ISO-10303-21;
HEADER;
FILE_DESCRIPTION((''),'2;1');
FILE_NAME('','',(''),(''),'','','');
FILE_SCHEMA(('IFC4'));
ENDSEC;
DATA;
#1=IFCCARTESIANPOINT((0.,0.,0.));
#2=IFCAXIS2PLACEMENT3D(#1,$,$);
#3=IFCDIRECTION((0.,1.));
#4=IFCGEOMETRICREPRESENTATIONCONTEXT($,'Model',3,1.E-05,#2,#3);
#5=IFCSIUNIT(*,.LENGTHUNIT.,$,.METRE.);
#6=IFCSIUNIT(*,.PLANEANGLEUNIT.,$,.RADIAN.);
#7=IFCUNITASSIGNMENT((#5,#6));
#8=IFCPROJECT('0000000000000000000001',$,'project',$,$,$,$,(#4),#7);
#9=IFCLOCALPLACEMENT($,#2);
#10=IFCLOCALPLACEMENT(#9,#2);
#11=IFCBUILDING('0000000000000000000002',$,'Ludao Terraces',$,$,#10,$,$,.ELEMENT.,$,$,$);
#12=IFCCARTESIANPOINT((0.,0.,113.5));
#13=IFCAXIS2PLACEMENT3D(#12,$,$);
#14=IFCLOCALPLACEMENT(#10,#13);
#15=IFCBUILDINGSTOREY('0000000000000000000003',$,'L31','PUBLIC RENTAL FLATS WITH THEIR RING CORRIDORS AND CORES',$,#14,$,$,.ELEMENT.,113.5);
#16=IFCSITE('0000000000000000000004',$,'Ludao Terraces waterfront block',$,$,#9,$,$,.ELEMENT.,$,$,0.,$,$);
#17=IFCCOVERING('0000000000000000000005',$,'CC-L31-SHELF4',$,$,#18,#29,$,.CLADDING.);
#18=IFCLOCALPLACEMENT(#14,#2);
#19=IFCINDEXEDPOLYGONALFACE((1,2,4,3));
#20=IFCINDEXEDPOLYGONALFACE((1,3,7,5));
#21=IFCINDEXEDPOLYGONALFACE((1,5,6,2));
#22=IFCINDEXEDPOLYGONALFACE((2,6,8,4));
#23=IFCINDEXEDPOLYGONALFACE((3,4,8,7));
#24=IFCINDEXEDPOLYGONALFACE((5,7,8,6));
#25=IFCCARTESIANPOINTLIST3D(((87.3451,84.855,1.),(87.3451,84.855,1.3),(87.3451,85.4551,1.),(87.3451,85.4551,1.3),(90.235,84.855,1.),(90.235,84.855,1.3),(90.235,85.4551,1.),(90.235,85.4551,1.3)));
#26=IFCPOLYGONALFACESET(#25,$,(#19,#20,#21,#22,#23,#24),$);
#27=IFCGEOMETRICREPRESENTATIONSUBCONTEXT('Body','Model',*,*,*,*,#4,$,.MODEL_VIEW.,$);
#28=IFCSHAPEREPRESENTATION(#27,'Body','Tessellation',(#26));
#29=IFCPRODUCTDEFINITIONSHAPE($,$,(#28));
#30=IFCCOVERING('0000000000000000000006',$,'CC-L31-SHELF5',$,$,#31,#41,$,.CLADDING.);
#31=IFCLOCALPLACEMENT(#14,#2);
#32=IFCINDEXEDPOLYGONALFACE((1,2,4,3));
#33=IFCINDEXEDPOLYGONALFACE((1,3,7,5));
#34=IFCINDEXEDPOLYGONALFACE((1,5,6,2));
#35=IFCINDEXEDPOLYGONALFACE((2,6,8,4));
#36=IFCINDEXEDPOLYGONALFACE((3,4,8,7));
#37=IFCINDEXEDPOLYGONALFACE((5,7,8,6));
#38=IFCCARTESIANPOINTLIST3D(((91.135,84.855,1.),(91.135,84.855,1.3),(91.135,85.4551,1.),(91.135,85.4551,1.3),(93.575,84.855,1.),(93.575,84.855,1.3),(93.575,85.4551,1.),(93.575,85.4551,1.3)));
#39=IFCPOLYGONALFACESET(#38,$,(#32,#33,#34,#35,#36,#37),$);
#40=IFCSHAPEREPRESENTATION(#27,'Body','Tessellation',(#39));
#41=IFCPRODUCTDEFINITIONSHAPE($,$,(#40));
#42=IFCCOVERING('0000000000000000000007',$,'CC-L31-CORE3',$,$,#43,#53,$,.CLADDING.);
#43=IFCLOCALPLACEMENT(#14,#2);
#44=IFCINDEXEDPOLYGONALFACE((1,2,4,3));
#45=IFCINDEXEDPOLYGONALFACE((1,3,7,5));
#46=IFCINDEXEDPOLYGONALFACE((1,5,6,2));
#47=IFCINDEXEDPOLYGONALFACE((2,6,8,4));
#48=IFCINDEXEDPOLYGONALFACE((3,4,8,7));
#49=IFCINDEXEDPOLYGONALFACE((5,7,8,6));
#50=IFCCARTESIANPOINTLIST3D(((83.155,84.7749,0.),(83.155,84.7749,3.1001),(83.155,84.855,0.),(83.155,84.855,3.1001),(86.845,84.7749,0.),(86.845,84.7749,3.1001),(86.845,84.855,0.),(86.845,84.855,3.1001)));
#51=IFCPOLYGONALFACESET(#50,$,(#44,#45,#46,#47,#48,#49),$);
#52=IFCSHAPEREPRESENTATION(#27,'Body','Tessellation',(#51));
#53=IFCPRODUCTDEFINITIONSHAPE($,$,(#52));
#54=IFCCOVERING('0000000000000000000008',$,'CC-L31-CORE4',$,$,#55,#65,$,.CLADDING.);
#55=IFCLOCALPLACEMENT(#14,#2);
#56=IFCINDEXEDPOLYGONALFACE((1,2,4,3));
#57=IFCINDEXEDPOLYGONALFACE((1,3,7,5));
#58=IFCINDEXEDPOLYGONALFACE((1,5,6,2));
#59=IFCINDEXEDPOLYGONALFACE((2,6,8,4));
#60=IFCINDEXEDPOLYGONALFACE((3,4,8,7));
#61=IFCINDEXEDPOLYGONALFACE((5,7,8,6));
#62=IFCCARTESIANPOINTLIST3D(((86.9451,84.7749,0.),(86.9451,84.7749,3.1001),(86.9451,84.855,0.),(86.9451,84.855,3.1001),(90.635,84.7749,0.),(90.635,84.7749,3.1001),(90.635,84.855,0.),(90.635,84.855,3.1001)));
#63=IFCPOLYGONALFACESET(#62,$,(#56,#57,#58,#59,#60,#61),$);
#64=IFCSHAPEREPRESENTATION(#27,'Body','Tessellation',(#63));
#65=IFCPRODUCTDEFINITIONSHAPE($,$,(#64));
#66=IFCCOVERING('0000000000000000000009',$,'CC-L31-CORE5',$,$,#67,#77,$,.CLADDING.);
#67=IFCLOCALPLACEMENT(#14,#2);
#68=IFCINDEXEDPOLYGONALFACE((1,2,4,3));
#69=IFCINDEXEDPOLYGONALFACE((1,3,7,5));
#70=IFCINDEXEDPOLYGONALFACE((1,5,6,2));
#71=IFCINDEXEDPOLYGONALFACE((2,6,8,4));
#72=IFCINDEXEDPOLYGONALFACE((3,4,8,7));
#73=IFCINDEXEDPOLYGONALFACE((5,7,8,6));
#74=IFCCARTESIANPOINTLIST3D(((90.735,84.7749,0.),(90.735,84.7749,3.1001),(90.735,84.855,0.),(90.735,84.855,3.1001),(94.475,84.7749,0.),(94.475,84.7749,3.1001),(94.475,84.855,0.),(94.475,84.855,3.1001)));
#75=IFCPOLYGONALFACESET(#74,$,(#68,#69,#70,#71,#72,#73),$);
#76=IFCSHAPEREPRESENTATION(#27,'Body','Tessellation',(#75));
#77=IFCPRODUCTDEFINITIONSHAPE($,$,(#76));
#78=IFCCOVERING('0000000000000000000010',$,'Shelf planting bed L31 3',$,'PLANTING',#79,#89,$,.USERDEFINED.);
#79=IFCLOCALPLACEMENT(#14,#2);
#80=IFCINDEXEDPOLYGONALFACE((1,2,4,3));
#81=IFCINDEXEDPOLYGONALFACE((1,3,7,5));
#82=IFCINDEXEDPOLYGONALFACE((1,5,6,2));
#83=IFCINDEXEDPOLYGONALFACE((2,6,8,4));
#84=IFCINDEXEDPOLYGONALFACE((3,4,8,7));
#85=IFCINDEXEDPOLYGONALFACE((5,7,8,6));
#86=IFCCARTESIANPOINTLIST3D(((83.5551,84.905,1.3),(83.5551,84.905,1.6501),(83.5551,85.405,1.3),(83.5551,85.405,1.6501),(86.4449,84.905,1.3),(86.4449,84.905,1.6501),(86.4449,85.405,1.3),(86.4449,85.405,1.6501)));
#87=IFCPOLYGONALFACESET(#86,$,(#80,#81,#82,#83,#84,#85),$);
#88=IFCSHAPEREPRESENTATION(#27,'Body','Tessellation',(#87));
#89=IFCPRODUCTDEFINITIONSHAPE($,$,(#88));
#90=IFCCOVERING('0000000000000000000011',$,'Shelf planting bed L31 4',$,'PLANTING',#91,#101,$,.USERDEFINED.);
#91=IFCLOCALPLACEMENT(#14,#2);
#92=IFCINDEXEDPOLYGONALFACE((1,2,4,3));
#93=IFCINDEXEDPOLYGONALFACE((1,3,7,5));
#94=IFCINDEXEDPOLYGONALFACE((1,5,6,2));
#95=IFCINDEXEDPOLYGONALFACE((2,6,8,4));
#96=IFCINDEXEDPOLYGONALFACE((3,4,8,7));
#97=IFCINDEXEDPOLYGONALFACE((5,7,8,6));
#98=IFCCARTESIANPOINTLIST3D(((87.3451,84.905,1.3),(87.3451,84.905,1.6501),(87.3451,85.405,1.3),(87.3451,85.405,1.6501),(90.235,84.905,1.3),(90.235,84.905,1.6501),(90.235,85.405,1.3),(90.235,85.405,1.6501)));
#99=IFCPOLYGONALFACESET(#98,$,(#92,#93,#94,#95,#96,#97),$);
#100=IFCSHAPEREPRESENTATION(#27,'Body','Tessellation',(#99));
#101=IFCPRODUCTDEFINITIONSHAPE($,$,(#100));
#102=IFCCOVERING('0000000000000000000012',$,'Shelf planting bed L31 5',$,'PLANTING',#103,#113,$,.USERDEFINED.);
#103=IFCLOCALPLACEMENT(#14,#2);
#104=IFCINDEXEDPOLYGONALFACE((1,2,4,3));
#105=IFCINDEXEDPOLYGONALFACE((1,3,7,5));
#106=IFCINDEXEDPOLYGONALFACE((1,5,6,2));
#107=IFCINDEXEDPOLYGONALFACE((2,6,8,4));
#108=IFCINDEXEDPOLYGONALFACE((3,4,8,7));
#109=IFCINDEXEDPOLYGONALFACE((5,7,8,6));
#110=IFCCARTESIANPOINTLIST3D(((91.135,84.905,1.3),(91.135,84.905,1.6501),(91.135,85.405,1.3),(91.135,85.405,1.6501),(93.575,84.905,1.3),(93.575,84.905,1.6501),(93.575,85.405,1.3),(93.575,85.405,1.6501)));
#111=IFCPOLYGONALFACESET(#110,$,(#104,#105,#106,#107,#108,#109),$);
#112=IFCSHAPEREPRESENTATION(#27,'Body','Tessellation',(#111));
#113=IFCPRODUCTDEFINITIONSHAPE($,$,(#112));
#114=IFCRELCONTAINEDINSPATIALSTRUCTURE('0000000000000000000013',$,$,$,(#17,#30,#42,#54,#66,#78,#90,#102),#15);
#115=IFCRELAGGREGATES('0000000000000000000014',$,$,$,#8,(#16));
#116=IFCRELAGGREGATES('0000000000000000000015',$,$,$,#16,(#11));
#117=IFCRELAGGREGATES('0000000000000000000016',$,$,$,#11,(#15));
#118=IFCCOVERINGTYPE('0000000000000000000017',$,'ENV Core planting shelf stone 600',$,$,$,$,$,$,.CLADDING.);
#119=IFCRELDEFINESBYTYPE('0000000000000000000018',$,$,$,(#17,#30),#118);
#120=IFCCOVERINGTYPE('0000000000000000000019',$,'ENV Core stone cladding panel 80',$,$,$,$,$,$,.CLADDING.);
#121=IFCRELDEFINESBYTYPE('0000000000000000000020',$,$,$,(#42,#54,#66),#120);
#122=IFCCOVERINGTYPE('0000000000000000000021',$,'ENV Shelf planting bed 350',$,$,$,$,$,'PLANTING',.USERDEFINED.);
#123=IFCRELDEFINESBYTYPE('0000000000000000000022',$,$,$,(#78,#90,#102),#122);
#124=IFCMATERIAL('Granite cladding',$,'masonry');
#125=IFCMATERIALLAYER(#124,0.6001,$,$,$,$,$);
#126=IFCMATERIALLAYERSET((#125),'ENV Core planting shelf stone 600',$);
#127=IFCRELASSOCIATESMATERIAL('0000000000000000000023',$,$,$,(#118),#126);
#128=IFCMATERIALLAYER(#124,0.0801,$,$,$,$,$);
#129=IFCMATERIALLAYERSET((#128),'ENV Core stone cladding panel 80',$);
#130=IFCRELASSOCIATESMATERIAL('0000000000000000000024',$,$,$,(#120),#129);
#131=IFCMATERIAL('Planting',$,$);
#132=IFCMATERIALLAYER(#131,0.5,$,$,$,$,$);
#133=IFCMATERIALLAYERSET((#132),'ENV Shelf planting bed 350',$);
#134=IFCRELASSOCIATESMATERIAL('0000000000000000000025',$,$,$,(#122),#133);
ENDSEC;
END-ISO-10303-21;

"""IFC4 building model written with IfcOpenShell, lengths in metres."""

from ifc_helpers import new_model, si_unit, direction, frame, origin, origin_2d, place, context, subcontext, project, spatial, rectangle, extrude, material, layer, layer_set, type_object, element, save


model = new_model("IFC4")

# Units and contexts
model_context = context("Model", 3, precision=1e-05, world=origin(), true_north=direction((0.0, 1.0)))
body_context = subcontext(model_context, "Body", "Model", "MODEL_VIEW")
ifc_project = project(units=[si_unit("LENGTHUNIT", "METRE"), si_unit("PLANEANGLEUNIT", "RADIAN")], contexts=[model_context])

# Site, building, storey
site_placement = place(None, origin())
site = spatial("IfcSite", under=ifc_project, at=site_placement, Name="Ludao Terraces waterfront block", CompositionType="ELEMENT", RefElevation=0.0)
building_placement = place(site_placement, origin())
building = spatial("IfcBuilding", under=site, at=building_placement, Name="Ludao Terraces", CompositionType="ELEMENT")
storey_placement = place(building_placement, frame((0.0, 0.0, 113.5)))
storey = spatial("IfcBuildingStorey", under=building, at=storey_placement, Name="L31", Description="PUBLIC RENTAL FLATS WITH THEIR RING CORRIDORS AND CORES", CompositionType="ELEMENT", Elevation=113.5)

# Coverings
ifc_material_1 = material(Name="Granite cladding", Category="masonry")
ifc_layer_1 = layer(ifc_material_1, 0.6001)
ifc_layer_set_1 = layer_set([ifc_layer_1], Name="ENV Core planting shelf stone 600")
covering_type_1 = type_object("IfcCoveringType", Name="ENV Core planting shelf stone 600", PredefinedType="CLADDING", material=ifc_layer_set_1)
for number, where, z_axis, x_axis, name in (
    (1, (88.79, 85.155, 1.0), (0.0, 0.0, 1.0), (1.0, 0.0, 0.0), "CC-L31-SHELF4"),
):
    element("IfcCovering", number, at=place(storey_placement, frame(where, z_axis=z_axis, x_axis=x_axis)), inside=storey, type_object=covering_type_1, Name=name, PredefinedType="CLADDING", context=body_context, shape_type="SweptSolid", body=[
        extrude(rectangle(XDim=2.8899, YDim=0.6001, at=origin_2d()), origin(), (0.0, 0.0, 1.0), 0.3),
    ])
covering_1_placement = place(storey_placement, frame((92.355, 85.155, 1.0), z_axis=(0.0, 0.0, 1.0), x_axis=(1.0, 0.0, 0.0)))
element("IfcCovering", 2, at=covering_1_placement, inside=storey, type_object=covering_type_1, Name="CC-L31-SHELF5", PredefinedType="CLADDING", context=body_context, shape_type="SweptSolid", body=[
    extrude(rectangle(XDim=2.4399, YDim=0.6001, at=origin_2d()), origin(), (0.0, 0.0, 1.0), 0.3),
])
ifc_layer_2 = layer(ifc_material_1, 0.0801)
ifc_layer_set_2 = layer_set([ifc_layer_2], Name="ENV Core stone cladding panel 80")
covering_type_2 = type_object("IfcCoveringType", Name="ENV Core stone cladding panel 80", PredefinedType="CLADDING", material=ifc_layer_set_2)
for number, where, z_axis, x_axis, name in (
    (3, (85.0, 84.8149, 0.0), (0.0, 0.0, 1.0), (1.0, 0.0, 0.0), "CC-L31-CORE3"),
    (4, (88.79, 84.8149, 0.0), (0.0, 0.0, 1.0), (1.0, 0.0, 0.0), "CC-L31-CORE4"),
):
    element("IfcCovering", number, at=place(storey_placement, frame(where, z_axis=z_axis, x_axis=x_axis)), inside=storey, type_object=covering_type_2, Name=name, PredefinedType="CLADDING", context=body_context, shape_type="SweptSolid", body=[
        extrude(rectangle(XDim=3.6899, YDim=0.0801, at=origin_2d()), origin(), (0.0, 0.0, 1.0), 3.1001),
    ])
covering_2_placement = place(storey_placement, frame((92.605, 84.8149, 0.0), z_axis=(0.0, 0.0, 1.0), x_axis=(1.0, 0.0, 0.0)))
element("IfcCovering", 5, at=covering_2_placement, inside=storey, type_object=covering_type_2, Name="CC-L31-CORE5", PredefinedType="CLADDING", context=body_context, shape_type="SweptSolid", body=[
    extrude(rectangle(XDim=3.74, YDim=0.0801, at=origin_2d()), origin(), (0.0, 0.0, 1.0), 3.1001),
])
ifc_material_2 = material(Name="Planting")
ifc_layer_3 = layer(ifc_material_2, 0.5)
ifc_layer_set_3 = layer_set([ifc_layer_3], Name="ENV Shelf planting bed 350")
covering_type_3 = type_object("IfcCoveringType", Name="ENV Shelf planting bed 350", ElementType="PLANTING", PredefinedType="USERDEFINED", material=ifc_layer_set_3)
for number, where, z_axis, x_axis, name in (
    (6, (85.0, 85.155, 1.3), (0.0, 0.0, 1.0), (1.0, 0.0, 0.0), "Shelf planting bed L31 3"),
    (7, (88.79, 85.155, 1.3), (0.0, 0.0, 1.0), (1.0, 0.0, 0.0), "Shelf planting bed L31 4"),
):
    element("IfcCovering", number, at=place(storey_placement, frame(where, z_axis=z_axis, x_axis=x_axis)), inside=storey, type_object=covering_type_3, Name=name, ObjectType="PLANTING", PredefinedType="USERDEFINED", context=body_context, shape_type="SweptSolid", body=[
        extrude(rectangle(XDim=2.8899, YDim=0.5, at=origin_2d()), origin(), (0.0, 0.0, 1.0), 0.3501),
    ])
covering_3_placement = place(storey_placement, frame((92.355, 85.155, 1.3), z_axis=(0.0, 0.0, 1.0), x_axis=(1.0, 0.0, 0.0)))
element("IfcCovering", 8, at=covering_3_placement, inside=storey, type_object=covering_type_3, Name="Shelf planting bed L31 5", ObjectType="PLANTING", PredefinedType="USERDEFINED", context=body_context, shape_type="SweptSolid", body=[
    extrude(rectangle(XDim=2.4399, YDim=0.5, at=origin_2d()), origin(), (0.0, 0.0, 1.0), 0.3501),
])

save(model, "model.ifc")
